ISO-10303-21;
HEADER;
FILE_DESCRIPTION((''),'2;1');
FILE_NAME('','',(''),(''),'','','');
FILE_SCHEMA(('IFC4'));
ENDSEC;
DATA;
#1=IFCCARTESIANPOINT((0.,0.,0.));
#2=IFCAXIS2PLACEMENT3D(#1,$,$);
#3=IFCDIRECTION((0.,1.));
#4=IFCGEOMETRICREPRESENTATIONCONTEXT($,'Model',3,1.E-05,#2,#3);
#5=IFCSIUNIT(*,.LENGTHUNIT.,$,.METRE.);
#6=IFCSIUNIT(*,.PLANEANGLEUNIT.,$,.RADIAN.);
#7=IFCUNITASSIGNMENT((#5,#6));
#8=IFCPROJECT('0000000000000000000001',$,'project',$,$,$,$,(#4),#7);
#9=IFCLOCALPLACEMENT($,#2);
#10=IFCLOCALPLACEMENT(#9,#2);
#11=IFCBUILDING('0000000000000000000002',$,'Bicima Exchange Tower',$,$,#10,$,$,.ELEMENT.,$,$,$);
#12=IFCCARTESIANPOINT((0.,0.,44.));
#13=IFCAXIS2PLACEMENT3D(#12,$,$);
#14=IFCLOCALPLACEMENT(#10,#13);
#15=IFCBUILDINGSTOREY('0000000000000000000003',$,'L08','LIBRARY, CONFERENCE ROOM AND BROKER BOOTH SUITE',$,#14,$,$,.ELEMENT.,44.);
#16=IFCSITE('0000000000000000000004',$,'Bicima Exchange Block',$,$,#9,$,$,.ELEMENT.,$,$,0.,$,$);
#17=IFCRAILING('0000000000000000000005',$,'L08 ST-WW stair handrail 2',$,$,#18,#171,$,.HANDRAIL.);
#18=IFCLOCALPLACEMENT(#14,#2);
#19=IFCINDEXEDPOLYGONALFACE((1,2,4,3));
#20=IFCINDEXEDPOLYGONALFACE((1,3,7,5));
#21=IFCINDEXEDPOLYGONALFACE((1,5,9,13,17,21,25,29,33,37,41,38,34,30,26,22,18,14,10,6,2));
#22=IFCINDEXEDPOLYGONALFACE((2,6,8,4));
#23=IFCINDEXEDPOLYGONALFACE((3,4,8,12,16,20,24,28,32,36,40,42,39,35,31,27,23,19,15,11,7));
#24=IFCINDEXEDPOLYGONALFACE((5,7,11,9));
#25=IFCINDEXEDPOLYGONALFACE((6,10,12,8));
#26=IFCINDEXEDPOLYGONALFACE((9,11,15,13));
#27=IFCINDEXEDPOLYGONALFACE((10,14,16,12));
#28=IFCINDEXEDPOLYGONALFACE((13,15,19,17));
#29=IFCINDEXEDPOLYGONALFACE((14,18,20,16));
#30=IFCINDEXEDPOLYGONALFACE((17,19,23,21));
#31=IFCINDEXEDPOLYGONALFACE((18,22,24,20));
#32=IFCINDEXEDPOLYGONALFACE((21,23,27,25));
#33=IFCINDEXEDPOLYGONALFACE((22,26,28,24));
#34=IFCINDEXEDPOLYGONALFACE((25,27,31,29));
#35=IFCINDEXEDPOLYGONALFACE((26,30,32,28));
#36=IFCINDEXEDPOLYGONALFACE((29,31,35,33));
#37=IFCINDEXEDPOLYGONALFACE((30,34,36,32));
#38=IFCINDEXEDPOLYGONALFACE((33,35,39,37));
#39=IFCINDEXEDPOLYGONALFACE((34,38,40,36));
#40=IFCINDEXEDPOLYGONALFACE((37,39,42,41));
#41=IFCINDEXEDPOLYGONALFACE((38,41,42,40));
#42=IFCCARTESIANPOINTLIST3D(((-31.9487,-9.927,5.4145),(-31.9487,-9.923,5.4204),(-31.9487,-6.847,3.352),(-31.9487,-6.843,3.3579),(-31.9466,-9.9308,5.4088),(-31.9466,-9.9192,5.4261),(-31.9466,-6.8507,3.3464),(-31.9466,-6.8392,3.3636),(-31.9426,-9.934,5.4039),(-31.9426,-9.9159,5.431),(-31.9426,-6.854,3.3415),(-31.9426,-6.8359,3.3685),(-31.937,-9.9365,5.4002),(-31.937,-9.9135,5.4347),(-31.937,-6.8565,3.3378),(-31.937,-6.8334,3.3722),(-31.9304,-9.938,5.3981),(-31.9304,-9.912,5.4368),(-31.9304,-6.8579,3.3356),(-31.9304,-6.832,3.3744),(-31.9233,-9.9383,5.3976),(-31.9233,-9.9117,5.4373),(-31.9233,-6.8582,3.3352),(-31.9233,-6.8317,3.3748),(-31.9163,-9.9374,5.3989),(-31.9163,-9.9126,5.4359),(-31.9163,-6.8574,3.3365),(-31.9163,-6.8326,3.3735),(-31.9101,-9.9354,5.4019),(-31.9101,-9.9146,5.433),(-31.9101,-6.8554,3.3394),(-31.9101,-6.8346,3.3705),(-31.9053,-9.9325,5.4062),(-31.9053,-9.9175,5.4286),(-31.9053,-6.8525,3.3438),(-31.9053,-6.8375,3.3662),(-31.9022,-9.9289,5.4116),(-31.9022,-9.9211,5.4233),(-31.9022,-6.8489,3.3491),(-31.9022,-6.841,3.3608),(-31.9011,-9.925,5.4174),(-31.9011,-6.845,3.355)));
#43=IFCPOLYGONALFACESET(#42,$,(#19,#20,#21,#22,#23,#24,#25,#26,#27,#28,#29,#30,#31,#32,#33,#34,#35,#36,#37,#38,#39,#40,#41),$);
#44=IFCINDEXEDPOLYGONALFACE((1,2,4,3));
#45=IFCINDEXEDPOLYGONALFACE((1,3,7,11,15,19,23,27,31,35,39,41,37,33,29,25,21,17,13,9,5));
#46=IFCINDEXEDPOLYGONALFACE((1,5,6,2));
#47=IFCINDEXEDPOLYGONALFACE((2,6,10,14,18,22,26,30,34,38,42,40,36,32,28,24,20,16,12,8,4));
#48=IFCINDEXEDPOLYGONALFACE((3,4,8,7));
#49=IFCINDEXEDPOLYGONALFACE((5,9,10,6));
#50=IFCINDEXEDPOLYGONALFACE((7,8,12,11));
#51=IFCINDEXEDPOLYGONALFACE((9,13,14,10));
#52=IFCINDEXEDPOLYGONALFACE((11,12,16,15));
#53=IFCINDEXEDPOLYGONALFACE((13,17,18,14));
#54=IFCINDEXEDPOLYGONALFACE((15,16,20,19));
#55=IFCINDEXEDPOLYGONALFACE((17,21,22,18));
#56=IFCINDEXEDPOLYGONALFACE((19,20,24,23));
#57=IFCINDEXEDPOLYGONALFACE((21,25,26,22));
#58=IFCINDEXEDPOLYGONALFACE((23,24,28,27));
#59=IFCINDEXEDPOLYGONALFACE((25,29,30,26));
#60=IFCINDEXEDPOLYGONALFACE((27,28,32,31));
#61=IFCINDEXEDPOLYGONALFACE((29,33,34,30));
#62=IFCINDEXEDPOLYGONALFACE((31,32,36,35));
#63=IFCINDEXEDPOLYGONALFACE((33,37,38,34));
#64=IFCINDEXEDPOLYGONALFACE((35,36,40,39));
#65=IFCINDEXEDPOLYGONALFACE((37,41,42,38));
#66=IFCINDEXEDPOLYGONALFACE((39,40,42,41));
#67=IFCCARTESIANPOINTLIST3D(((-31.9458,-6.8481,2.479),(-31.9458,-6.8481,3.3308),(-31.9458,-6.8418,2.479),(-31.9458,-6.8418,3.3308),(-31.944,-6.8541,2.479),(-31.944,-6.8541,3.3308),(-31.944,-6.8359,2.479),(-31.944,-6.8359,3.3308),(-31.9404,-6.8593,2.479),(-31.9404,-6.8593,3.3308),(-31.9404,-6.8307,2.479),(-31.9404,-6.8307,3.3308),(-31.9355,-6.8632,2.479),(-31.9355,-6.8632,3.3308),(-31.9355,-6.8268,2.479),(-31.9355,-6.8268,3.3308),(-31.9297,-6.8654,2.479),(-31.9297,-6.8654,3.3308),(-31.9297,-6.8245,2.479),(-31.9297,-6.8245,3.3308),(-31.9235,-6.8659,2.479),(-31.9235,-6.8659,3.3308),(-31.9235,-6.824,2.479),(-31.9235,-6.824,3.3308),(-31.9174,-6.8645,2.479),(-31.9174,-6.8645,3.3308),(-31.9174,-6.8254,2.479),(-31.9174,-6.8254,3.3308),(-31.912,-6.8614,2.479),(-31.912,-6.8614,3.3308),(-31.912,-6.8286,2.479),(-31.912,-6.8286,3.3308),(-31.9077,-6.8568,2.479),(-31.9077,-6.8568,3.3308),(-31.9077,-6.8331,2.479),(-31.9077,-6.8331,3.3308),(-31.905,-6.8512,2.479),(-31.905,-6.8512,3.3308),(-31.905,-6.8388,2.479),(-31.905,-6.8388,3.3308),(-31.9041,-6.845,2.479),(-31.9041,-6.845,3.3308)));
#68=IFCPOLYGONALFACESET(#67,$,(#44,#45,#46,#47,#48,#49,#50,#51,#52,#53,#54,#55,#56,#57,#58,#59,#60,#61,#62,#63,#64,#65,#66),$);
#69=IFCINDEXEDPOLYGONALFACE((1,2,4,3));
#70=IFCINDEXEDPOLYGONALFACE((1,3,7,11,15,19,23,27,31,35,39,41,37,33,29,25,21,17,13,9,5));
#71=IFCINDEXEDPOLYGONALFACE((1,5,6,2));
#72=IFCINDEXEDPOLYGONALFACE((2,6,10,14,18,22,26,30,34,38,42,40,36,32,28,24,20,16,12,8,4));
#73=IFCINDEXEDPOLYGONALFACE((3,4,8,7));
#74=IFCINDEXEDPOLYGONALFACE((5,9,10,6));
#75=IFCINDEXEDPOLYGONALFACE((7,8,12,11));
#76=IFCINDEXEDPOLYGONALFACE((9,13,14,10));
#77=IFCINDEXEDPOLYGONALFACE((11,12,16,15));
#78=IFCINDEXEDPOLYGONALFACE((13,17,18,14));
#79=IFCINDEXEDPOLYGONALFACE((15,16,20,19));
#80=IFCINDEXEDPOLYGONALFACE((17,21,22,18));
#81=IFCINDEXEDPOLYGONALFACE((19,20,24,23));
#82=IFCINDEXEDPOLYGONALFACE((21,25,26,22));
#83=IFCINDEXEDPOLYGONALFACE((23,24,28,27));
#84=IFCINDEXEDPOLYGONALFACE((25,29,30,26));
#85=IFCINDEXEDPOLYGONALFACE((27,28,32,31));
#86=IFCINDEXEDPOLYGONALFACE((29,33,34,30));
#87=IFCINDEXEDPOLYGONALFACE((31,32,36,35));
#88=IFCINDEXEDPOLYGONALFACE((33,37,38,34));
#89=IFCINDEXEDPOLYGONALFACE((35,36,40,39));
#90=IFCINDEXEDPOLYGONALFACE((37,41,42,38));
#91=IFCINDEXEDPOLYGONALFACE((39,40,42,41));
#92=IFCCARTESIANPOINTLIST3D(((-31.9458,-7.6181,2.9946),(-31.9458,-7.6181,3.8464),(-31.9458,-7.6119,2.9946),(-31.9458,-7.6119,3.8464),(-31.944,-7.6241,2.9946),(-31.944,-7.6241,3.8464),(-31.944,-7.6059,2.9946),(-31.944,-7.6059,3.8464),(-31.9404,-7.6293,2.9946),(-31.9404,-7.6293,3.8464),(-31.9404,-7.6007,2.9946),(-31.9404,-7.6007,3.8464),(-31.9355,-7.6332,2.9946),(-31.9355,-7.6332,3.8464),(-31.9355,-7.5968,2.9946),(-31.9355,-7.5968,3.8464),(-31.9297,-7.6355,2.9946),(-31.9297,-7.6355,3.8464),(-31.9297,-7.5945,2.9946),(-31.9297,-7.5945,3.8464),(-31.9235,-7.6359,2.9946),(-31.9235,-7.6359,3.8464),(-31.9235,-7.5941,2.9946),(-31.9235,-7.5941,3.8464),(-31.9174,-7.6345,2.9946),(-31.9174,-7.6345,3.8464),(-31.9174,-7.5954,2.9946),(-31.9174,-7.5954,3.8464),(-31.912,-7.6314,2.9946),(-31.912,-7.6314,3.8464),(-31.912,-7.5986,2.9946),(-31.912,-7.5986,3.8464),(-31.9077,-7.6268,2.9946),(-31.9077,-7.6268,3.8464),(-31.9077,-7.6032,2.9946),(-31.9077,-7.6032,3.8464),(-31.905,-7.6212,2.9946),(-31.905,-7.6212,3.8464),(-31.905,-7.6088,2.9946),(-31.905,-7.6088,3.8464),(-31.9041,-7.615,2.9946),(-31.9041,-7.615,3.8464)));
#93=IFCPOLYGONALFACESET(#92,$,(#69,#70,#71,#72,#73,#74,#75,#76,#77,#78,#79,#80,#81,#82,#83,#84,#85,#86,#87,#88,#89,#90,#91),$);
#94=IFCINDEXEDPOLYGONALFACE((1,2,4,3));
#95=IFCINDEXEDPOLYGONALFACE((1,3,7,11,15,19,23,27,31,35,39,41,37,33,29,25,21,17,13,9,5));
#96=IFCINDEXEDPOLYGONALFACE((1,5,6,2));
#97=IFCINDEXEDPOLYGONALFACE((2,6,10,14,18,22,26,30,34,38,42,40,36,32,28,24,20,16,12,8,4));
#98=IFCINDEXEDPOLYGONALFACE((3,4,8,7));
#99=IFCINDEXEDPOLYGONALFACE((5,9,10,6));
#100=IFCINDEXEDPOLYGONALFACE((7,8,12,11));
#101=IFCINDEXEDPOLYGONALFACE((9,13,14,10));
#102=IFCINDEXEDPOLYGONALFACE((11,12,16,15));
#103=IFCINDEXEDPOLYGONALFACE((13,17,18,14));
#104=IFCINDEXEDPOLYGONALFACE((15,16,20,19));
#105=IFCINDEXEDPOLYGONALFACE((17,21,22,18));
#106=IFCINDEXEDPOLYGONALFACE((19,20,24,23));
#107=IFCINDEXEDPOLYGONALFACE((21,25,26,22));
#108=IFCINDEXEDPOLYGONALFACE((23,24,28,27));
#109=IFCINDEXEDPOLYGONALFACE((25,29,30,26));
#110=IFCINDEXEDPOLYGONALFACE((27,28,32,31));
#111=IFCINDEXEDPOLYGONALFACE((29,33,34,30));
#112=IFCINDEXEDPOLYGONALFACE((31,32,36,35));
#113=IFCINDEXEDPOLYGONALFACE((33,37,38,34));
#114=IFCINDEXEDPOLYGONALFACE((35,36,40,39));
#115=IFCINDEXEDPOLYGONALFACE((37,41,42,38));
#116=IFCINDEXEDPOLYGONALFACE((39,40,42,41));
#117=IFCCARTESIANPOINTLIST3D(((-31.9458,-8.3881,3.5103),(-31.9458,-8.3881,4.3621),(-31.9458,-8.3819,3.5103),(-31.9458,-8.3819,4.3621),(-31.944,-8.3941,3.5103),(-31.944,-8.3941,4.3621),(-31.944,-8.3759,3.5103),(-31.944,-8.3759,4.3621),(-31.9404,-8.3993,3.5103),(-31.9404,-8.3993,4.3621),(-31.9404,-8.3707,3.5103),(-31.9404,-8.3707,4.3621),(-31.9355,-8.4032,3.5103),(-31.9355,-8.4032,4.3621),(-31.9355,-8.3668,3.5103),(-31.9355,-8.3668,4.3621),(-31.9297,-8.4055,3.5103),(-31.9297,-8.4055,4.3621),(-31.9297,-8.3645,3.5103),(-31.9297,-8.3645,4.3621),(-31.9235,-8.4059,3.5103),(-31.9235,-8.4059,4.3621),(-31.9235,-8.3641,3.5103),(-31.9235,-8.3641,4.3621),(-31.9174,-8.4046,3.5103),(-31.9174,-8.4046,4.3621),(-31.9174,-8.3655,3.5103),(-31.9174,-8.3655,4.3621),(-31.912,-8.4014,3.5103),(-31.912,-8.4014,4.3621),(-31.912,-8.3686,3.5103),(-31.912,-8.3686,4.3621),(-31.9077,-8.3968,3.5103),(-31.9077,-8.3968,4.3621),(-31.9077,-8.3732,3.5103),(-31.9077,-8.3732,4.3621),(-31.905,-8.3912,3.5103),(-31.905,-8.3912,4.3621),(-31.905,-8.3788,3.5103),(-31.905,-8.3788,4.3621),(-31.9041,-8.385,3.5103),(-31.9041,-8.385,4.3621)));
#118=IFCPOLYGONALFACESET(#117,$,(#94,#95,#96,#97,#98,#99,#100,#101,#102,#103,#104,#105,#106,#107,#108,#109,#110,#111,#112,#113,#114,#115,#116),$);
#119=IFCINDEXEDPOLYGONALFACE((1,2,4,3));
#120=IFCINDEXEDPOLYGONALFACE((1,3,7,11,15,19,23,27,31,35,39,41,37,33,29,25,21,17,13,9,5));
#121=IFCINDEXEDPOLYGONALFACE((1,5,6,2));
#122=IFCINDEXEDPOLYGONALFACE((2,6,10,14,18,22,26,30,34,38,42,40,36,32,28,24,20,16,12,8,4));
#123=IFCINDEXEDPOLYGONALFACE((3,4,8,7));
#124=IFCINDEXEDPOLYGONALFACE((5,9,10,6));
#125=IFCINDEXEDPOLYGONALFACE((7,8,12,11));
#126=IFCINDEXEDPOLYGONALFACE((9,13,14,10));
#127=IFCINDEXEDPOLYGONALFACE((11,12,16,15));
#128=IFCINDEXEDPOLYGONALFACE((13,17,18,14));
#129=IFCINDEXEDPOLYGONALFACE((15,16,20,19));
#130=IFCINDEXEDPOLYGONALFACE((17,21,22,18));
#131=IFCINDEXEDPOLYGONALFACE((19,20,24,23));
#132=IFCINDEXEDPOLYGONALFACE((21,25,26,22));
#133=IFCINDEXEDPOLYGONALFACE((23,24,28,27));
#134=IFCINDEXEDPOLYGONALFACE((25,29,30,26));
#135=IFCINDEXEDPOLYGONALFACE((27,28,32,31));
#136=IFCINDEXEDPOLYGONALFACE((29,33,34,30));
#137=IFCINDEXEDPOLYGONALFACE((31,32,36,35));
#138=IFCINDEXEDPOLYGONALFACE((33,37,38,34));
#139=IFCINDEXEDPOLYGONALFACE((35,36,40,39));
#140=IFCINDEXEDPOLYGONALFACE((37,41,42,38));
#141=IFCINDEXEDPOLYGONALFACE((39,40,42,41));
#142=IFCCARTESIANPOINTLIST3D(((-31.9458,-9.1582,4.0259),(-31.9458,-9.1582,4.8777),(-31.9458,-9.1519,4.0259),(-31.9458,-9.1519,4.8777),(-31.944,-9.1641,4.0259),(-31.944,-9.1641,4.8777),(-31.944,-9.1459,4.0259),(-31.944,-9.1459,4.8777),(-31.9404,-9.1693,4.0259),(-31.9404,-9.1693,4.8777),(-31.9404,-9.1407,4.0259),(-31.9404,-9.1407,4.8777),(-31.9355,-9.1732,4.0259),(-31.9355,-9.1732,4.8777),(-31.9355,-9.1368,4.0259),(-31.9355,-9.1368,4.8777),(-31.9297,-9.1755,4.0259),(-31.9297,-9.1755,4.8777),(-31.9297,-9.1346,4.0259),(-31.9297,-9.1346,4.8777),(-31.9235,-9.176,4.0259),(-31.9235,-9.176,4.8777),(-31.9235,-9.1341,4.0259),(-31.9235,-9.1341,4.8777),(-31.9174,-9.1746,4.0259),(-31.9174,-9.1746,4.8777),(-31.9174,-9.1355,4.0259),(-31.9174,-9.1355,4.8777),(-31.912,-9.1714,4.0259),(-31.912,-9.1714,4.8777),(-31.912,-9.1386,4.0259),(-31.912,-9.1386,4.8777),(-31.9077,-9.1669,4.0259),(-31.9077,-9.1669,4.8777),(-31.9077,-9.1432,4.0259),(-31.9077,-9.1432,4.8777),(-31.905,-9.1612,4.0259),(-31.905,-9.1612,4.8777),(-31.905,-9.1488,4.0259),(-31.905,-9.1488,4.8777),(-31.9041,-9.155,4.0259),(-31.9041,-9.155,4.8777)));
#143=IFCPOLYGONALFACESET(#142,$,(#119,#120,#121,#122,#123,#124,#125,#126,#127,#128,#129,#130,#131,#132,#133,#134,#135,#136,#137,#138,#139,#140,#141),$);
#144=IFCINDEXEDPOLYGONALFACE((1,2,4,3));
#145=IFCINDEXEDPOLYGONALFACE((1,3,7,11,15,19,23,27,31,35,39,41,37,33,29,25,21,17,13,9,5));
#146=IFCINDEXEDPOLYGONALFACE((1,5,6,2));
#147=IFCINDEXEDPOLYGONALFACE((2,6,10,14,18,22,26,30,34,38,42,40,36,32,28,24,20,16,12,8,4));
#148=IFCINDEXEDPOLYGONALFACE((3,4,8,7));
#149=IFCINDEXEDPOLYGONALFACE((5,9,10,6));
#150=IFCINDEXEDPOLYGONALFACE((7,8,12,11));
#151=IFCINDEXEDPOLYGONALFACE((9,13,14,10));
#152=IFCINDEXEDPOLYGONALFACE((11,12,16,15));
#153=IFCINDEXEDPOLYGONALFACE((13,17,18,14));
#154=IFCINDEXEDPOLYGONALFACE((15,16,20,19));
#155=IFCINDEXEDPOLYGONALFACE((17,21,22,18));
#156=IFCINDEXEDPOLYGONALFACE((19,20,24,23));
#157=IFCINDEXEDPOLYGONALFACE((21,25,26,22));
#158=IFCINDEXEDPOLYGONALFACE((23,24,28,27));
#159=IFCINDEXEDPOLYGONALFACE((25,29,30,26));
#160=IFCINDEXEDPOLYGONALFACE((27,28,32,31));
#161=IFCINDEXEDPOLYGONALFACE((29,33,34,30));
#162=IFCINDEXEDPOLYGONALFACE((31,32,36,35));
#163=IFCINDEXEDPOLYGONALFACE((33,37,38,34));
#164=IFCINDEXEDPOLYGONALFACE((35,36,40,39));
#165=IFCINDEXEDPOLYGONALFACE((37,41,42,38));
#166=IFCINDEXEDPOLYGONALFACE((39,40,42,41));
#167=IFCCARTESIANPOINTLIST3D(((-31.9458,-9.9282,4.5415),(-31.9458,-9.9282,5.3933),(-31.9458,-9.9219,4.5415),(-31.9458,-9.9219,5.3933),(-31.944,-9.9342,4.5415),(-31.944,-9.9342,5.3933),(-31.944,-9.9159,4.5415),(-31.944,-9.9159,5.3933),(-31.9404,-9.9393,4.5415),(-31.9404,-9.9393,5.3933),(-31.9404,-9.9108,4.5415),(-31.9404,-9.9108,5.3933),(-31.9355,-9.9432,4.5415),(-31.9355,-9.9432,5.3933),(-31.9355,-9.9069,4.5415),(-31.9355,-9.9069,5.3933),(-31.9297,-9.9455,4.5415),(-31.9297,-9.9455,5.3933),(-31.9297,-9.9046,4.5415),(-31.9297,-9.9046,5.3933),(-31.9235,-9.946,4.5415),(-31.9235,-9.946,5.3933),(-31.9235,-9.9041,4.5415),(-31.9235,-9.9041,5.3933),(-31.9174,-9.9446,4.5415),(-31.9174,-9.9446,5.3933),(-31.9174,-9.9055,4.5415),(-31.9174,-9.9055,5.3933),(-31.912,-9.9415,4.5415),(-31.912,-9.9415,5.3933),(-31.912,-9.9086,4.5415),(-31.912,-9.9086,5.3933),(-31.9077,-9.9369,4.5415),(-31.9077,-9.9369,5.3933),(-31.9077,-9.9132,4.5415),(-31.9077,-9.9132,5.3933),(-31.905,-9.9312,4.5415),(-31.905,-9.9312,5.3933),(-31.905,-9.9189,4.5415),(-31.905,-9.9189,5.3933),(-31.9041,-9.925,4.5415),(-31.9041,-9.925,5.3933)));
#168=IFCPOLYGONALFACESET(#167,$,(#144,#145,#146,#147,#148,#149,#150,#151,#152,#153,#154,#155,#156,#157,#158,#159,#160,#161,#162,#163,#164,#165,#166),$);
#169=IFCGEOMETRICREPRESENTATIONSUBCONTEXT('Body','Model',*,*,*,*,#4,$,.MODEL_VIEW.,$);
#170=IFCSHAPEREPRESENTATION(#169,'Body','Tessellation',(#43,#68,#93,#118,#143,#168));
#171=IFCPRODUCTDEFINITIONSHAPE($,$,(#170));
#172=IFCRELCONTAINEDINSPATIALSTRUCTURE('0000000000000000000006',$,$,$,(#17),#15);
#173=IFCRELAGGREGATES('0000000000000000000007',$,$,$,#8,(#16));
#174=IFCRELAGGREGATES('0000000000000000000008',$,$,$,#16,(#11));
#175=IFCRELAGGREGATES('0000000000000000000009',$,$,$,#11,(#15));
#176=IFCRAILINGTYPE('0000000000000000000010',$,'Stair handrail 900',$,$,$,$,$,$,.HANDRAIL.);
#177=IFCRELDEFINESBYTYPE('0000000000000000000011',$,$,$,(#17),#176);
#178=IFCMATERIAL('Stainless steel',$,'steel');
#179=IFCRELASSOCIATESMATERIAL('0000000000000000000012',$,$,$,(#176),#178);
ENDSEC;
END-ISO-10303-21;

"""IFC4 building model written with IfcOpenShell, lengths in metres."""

from ifc_helpers import new_model, si_unit, direction, frame, origin, origin_2d, place, context, subcontext, project, spatial, circle, extrude, material, type_object, element, save


model = new_model("IFC4")

# Units and contexts
model_context = context("Model", 3, precision=1e-05, world=origin(), true_north=direction((0.0, 1.0)))
body_context = subcontext(model_context, "Body", "Model", "MODEL_VIEW")
ifc_project = project(units=[si_unit("LENGTHUNIT", "METRE"), si_unit("PLANEANGLEUNIT", "RADIAN")], contexts=[model_context])

# Site, building, storey
site_placement = place(None, origin())
site = spatial("IfcSite", under=ifc_project, at=site_placement, Name="Bicima Exchange Block", CompositionType="ELEMENT", RefElevation=0.0)
building_placement = place(site_placement, origin())
building = spatial("IfcBuilding", under=site, at=building_placement, Name="Bicima Exchange Tower", CompositionType="ELEMENT")
storey_placement = place(building_placement, frame((0.0, 0.0, 44.0)))
storey = spatial("IfcBuildingStorey", under=building, at=storey_placement, Name="L08", Description="LIBRARY, CONFERENCE ROOM AND BROKER BOOTH SUITE", CompositionType="ELEMENT", Elevation=44.0)

# Railing
ifc_material_1 = material(Name="Stainless steel", Category="steel")
railing_type = type_object("IfcRailingType", Name="Stair handrail 900", PredefinedType="HANDRAIL", material=ifc_material_1)
for number, where, name in (
    (1, (-31.925, -6.845, 2.479), "L08 ST-WW stair handrail 2"),
):
    element("IfcRailing", number, at=place(storey_placement, frame(where)), inside=storey, type_object=railing_type, Name=name, PredefinedType="HANDRAIL", context=body_context, shape_type="SweptSolid", body=[
        extrude(circle(Radius=0.0239, at=origin_2d()), frame((0.0, 0.0, 0.876), z_axis=(0.0, -0.830914, 0.556401), x_axis=(1.0, 0.0, 0.0)), (0.0, 0.0, 1.0), 3.7068),
        extrude(circle(Radius=0.021, at=origin_2d()), origin(), (0.0, 0.0, 1.0), 0.8518),
        extrude(circle(Radius=0.021, at=origin_2d()), frame((0.0, -0.77, 0.5156)), (0.0, 0.0, 1.0), 0.8518),
        extrude(circle(Radius=0.021, at=origin_2d()), frame((0.0, -1.54, 1.0312)), (0.0, 0.0, 1.0), 0.8518),
        extrude(circle(Radius=0.021, at=origin_2d()), frame((0.0, -2.3101, 1.5469)), (0.0, 0.0, 1.0), 0.8518),
        extrude(circle(Radius=0.021, at=origin_2d()), frame((0.0, -3.0801, 2.0625)), (0.0, 0.0, 1.0), 0.8518),
    ])

save(model, "model.ifc")
